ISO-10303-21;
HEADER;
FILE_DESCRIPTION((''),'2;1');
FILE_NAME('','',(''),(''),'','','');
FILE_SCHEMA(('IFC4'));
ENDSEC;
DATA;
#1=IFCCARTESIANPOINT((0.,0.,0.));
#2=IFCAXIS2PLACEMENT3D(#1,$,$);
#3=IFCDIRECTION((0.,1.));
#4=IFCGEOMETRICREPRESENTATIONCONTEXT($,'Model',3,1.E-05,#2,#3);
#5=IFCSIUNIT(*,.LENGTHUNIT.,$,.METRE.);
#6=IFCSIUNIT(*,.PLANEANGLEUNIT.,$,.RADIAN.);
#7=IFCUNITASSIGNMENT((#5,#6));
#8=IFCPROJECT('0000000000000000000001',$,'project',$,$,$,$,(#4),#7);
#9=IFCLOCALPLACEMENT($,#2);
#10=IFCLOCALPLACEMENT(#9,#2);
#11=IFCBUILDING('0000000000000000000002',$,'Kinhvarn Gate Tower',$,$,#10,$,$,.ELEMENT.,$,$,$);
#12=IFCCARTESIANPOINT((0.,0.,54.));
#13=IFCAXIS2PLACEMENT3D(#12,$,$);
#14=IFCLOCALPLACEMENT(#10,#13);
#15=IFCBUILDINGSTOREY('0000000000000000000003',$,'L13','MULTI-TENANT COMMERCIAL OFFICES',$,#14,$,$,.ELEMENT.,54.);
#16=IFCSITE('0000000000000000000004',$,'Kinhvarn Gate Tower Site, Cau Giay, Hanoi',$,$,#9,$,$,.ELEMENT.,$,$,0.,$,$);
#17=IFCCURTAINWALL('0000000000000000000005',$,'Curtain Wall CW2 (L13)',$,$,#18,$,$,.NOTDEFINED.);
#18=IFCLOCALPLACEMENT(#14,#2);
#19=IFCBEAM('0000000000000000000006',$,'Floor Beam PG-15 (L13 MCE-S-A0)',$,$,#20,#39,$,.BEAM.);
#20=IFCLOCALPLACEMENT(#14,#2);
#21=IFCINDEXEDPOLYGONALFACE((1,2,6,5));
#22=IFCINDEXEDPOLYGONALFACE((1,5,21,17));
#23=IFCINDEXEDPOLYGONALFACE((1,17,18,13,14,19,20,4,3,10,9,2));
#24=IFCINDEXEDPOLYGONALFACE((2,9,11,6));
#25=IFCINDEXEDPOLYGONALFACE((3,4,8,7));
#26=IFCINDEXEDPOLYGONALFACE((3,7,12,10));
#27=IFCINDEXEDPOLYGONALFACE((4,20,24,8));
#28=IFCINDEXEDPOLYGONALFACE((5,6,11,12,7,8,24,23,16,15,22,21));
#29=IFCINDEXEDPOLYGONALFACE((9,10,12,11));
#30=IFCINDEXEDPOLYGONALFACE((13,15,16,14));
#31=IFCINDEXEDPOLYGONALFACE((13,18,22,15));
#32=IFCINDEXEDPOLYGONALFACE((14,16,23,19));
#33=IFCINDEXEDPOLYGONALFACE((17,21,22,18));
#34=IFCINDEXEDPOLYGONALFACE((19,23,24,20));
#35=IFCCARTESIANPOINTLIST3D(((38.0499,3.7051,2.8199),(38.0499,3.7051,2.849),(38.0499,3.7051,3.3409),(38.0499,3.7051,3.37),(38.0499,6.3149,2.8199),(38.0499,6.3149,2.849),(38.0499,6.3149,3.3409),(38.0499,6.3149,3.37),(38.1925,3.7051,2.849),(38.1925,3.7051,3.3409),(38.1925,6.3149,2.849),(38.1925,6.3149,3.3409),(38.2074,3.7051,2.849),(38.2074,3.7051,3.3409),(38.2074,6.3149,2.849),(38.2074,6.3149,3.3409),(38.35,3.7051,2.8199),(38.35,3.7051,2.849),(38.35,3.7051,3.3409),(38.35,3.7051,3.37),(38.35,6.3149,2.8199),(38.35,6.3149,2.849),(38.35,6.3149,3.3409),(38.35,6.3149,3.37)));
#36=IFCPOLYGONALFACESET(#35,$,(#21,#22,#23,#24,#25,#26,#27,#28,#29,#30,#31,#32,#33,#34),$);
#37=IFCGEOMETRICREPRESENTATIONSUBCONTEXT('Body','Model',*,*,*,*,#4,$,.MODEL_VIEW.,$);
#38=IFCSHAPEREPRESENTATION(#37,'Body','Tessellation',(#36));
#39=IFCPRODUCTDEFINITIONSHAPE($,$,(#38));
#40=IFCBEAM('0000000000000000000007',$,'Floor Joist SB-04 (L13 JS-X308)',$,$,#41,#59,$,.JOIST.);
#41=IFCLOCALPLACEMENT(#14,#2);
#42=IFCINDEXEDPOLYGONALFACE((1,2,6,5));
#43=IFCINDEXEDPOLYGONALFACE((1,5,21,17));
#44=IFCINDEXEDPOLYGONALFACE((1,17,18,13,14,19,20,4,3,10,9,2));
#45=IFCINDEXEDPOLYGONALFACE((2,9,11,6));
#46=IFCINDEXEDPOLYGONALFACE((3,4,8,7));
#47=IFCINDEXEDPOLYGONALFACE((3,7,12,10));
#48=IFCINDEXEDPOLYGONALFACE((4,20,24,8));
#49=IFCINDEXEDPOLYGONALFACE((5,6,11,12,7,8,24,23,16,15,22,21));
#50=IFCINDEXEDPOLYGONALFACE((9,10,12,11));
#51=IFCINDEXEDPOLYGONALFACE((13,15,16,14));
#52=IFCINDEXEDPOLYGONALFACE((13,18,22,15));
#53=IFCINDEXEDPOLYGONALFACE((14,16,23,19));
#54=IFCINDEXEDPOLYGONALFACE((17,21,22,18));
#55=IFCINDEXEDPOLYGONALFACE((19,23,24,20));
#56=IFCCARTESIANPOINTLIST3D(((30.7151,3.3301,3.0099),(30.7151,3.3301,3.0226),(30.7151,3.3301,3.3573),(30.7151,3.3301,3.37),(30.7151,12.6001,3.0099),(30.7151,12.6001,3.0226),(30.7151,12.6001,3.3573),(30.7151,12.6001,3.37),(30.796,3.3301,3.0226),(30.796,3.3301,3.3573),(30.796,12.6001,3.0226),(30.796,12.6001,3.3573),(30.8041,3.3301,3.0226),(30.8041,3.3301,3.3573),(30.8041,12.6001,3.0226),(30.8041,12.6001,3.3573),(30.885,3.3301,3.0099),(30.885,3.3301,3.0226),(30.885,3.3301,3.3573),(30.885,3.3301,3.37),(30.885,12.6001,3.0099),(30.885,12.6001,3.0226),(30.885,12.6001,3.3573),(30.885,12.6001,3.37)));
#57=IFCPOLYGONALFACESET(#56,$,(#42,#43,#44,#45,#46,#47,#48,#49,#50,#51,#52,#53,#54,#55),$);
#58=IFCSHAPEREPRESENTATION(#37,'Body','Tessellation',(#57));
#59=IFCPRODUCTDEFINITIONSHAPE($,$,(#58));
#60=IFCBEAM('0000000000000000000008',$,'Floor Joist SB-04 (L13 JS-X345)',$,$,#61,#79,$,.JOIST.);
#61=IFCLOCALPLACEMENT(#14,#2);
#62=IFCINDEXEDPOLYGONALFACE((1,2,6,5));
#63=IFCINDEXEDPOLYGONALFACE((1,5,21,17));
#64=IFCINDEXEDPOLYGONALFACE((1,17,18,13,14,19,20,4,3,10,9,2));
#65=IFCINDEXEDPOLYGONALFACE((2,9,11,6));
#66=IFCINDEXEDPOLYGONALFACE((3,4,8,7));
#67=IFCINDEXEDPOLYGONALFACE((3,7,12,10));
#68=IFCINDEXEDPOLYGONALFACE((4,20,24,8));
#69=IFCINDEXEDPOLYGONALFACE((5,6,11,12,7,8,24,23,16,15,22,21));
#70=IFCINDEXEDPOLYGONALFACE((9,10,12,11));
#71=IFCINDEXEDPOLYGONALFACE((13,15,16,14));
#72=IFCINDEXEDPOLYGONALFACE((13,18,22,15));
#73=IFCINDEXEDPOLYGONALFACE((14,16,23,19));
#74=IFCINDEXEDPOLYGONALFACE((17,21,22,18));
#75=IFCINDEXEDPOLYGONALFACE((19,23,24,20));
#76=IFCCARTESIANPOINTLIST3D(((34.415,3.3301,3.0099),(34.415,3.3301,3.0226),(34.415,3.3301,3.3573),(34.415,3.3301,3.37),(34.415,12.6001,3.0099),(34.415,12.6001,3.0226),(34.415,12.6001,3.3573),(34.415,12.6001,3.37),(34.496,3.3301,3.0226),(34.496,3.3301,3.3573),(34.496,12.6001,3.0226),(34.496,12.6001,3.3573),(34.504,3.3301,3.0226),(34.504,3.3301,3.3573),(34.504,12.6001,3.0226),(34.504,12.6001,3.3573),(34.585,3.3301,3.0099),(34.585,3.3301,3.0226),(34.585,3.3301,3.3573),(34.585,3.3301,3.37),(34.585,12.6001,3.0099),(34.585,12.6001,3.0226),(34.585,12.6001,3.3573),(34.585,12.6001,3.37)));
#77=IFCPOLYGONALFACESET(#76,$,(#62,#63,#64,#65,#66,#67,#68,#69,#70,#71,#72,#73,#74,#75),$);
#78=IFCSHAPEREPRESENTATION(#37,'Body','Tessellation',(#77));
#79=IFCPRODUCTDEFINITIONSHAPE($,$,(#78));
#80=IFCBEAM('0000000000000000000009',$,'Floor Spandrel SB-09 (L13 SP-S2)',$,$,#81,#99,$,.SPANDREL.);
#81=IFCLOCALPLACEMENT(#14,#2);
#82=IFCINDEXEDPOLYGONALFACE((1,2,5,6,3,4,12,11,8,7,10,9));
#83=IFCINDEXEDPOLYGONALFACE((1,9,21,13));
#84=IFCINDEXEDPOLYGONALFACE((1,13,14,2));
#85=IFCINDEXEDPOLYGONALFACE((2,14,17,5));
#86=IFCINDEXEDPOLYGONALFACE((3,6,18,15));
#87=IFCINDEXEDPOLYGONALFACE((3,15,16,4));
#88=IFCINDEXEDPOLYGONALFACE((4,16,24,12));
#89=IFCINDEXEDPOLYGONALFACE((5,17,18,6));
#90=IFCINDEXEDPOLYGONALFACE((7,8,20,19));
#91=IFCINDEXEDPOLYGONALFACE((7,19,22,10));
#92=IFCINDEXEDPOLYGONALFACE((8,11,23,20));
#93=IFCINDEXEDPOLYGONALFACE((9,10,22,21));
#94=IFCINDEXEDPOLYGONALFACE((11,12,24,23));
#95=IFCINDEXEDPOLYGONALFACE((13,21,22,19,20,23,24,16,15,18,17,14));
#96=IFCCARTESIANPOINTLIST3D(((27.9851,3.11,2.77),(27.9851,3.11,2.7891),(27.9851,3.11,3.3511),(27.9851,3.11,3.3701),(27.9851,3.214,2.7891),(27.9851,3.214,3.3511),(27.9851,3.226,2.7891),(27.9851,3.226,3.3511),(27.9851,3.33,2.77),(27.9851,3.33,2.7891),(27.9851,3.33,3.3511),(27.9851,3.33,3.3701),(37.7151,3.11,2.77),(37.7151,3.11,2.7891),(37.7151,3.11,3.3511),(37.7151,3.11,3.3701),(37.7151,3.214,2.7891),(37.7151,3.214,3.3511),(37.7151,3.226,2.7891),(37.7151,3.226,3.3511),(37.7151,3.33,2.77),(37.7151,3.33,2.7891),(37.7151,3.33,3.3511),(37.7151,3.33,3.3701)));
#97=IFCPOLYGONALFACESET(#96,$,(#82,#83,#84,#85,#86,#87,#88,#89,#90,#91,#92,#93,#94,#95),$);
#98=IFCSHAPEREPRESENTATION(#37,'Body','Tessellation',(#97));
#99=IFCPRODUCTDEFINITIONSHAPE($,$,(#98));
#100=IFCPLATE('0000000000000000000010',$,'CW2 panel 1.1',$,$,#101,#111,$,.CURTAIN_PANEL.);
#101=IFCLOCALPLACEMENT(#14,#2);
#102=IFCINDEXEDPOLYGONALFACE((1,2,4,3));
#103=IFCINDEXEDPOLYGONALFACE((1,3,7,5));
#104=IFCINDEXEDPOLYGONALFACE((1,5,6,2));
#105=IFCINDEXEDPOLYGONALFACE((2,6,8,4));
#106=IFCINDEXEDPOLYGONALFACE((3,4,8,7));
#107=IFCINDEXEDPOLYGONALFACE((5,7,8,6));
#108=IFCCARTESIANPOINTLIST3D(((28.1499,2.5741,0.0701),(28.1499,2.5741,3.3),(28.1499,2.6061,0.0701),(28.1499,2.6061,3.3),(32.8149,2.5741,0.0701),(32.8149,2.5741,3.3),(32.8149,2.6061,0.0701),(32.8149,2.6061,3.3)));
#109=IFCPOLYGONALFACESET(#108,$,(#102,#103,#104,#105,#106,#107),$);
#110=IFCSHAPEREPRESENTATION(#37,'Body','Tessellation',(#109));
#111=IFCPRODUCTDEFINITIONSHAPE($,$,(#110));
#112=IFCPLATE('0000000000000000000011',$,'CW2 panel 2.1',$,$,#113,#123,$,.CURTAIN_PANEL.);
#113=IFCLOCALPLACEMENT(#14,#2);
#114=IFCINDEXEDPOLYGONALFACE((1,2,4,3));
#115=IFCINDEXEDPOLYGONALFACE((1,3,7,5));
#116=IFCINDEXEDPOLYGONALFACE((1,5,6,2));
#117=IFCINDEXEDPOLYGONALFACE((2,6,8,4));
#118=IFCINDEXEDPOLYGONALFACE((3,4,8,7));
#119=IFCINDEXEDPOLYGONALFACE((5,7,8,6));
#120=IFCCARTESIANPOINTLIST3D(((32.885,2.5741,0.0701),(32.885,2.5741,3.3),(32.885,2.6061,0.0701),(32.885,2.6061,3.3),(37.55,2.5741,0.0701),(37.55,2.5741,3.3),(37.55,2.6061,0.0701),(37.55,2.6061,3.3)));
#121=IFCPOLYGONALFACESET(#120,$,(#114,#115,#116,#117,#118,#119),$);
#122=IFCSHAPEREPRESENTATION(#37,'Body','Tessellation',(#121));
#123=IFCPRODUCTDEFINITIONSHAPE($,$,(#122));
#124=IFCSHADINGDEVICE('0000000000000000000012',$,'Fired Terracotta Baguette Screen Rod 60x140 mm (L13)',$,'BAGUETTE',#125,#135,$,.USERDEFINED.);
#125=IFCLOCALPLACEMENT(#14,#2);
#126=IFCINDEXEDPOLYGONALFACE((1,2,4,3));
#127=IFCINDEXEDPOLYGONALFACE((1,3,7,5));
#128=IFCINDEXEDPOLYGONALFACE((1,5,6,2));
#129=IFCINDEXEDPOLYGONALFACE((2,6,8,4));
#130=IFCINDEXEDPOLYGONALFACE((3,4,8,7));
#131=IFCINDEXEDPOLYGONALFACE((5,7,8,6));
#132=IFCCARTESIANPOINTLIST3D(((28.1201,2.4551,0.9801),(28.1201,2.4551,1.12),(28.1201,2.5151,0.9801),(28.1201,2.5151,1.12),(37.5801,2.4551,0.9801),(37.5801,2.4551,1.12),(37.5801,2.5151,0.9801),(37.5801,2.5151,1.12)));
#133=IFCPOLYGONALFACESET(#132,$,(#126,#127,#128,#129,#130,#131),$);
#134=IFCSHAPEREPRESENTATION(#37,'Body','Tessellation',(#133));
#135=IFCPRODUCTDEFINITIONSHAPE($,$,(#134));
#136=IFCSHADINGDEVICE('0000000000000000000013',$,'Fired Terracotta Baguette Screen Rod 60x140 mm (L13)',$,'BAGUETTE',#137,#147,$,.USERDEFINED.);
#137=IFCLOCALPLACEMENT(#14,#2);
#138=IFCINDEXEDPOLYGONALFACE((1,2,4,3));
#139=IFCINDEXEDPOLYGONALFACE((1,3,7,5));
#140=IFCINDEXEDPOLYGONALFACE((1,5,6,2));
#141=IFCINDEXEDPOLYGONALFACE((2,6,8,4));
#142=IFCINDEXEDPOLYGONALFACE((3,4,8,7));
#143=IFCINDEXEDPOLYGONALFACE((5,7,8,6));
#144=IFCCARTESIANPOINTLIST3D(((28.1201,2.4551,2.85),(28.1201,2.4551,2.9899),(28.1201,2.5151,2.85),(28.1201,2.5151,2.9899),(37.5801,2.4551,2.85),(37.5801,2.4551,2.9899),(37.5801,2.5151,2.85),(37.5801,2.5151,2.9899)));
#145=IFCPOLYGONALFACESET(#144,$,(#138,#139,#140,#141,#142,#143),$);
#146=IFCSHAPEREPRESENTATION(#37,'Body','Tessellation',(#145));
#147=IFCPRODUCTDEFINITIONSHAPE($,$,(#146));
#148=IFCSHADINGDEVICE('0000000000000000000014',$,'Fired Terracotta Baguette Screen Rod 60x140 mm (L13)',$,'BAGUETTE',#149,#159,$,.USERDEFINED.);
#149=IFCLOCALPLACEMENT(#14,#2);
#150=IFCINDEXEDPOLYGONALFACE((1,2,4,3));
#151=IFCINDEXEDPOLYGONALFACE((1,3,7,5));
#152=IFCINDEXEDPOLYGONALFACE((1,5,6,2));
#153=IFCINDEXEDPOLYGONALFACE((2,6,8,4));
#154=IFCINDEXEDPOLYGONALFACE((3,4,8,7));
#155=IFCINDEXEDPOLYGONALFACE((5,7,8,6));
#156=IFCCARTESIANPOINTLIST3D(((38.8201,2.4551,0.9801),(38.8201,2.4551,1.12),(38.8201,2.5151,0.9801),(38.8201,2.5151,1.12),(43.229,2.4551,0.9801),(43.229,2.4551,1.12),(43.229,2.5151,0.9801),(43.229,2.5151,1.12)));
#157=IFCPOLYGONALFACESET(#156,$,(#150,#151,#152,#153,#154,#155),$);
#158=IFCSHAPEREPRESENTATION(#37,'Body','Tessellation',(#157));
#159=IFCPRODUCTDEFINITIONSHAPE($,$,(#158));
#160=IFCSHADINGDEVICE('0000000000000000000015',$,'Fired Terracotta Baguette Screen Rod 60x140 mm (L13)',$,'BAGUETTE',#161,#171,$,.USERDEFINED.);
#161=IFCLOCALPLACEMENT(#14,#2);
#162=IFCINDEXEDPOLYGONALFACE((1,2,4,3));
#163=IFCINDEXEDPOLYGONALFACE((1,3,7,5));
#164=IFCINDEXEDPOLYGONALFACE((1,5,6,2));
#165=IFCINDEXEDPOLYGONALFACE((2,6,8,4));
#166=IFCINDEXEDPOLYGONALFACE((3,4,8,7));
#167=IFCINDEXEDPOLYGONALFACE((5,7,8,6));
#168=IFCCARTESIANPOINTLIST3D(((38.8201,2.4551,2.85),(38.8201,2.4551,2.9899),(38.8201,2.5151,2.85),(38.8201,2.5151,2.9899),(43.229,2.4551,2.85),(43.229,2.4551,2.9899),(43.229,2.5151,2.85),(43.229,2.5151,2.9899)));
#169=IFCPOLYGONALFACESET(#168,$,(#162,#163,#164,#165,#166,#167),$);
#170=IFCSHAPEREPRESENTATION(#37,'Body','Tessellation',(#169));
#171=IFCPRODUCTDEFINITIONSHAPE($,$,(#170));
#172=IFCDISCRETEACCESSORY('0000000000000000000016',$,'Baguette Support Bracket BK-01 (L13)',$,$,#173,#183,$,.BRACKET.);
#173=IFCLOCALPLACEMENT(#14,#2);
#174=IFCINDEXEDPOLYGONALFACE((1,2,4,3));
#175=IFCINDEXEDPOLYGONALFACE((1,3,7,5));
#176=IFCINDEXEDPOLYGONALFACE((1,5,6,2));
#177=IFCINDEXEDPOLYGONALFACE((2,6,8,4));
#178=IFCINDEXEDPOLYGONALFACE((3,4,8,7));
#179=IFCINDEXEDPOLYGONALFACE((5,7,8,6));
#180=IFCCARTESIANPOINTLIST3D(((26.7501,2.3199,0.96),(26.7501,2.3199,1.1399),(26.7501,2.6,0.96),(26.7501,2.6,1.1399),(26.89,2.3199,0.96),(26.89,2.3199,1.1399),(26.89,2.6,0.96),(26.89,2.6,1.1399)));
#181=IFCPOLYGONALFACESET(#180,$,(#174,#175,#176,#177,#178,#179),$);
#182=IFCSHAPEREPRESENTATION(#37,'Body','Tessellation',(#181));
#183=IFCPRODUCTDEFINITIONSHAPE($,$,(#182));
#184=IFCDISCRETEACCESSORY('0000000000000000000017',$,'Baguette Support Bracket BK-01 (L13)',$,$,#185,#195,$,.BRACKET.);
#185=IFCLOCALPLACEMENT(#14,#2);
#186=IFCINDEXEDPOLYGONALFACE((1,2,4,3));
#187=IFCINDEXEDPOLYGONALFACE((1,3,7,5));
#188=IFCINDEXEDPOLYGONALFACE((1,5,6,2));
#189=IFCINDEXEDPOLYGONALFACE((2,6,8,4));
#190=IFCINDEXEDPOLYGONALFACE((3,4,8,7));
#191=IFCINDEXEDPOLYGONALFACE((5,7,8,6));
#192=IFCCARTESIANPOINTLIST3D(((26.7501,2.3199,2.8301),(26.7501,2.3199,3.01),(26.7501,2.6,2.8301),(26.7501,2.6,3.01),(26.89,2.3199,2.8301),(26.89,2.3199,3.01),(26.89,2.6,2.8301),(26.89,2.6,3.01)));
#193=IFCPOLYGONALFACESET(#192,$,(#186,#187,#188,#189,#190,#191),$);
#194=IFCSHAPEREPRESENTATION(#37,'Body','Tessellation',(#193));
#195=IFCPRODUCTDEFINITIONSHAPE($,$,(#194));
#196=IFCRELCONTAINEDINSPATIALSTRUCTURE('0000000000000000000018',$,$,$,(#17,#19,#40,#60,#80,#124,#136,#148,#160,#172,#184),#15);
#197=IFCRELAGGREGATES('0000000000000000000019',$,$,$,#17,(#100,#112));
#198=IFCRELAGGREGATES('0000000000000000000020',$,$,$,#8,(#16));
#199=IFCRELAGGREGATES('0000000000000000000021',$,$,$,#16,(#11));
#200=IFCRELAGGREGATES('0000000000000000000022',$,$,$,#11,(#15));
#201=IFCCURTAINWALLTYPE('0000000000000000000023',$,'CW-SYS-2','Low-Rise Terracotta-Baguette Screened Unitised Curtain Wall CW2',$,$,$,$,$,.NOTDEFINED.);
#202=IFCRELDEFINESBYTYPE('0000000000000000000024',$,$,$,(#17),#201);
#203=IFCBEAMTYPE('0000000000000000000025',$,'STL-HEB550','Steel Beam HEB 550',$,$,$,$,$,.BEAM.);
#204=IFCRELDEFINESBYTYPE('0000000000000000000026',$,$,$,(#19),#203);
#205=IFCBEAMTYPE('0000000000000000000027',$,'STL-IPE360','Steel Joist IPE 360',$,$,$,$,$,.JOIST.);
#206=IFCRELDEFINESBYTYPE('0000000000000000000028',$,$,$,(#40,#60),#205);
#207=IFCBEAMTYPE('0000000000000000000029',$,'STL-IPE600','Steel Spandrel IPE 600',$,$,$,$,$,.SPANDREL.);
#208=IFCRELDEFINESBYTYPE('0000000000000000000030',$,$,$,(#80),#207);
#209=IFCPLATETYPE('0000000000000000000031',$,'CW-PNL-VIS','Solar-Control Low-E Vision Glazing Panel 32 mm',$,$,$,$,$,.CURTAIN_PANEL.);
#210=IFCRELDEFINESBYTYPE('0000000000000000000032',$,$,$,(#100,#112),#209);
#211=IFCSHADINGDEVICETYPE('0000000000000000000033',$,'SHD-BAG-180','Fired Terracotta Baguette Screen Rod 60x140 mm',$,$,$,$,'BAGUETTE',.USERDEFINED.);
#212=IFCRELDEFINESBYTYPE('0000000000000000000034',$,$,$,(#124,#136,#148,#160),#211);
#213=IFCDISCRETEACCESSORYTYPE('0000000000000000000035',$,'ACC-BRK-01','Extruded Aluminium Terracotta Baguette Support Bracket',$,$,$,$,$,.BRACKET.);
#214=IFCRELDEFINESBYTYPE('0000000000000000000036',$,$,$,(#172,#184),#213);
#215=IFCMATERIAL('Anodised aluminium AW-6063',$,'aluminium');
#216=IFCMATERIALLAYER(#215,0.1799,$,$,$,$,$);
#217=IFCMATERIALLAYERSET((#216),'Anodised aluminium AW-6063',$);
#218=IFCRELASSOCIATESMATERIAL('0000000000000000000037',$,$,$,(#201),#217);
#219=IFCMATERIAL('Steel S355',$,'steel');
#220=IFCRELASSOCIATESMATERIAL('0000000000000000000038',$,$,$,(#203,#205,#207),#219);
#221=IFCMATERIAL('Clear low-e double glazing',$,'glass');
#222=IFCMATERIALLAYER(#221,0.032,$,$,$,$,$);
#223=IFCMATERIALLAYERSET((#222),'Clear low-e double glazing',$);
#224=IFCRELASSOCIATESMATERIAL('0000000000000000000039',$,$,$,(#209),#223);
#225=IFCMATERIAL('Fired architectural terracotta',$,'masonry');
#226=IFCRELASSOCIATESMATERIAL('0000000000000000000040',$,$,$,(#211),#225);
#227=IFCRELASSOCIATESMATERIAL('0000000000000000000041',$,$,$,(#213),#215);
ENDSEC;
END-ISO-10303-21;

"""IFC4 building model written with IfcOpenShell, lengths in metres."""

from ifc_helpers import new_model, si_unit, direction, frame, origin, origin_2d, place, context, subcontext, project, spatial, rectangle, i_section, extrude, material, layer, layer_set, material_profile, profile_set, type_object, element, aggregate, save


model = new_model("IFC4")

# Units and contexts
model_context = context("Model", 3, precision=1e-05, world=origin(), true_north=direction((0.0, 1.0)))
body_context = subcontext(model_context, "Body", "Model", "MODEL_VIEW")
ifc_project = project(units=[si_unit("LENGTHUNIT", "METRE"), si_unit("PLANEANGLEUNIT", "RADIAN")], contexts=[model_context])

# Site, building, storey
site_placement = place(None, origin())
site = spatial("IfcSite", under=ifc_project, at=site_placement, Name="Kinhvarn Gate Tower Site, Cau Giay, Hanoi", CompositionType="ELEMENT", RefElevation=0.0)
building_placement = place(site_placement, origin())
building = spatial("IfcBuilding", under=site, at=building_placement, Name="Kinhvarn Gate Tower", CompositionType="ELEMENT")
storey_placement = place(building_placement, frame((0.0, 0.0, 54.0)))
storey = spatial("IfcBuildingStorey", under=building, at=storey_placement, Name="L13", Description="MULTI-TENANT COMMERCIAL OFFICES", CompositionType="ELEMENT", Elevation=54.0)

# Shared definitions
ifc_material_1 = material(Name="Anodised aluminium AW-6063", Category="aluminium")
ifc_layer_1 = layer(ifc_material_1, 0.1799)
ifc_layer_set_1 = layer_set([ifc_layer_1], Name="Anodised aluminium AW-6063")
curtain_wall_type = type_object("IfcCurtainWallType", Name="CW-SYS-2", Description="Low-Rise Terracotta-Baguette Screened Unitised Curtain Wall CW2", PredefinedType="NOTDEFINED", material=ifc_layer_set_1)

# Curtain wall
curtain_wall_1_placement = place(storey_placement, origin())
curtain_wall_1 = element("IfcCurtainWall", 1, at=curtain_wall_1_placement, inside=storey, type_object=curtain_wall_type, Name="Curtain Wall CW2 (L13)", PredefinedType="NOTDEFINED")

# Beams
ifc_material_2 = material(Name="Steel S355", Category="steel")
ifc_material_profile_1 = material_profile(ifc_material_2, i_section(OverallWidth=0.3, OverallDepth=0.55, WebThickness=0.0149, FlangeThickness=0.0291, at=origin_2d()), Name="HEB 550")
ifc_profile_set_1 = profile_set([ifc_material_profile_1], Name="Steel S355")
beam_type_1 = type_object("IfcBeamType", Name="STL-HEB550", Description="Steel Beam HEB 550", PredefinedType="BEAM", material=ifc_profile_set_1)
beam_1_placement = place(storey_placement, frame((38.2, 3.7051, 3.095), z_axis=(0.0, 1.0, 0.0), x_axis=(-1.0, 0.0, 0.0)))
element("IfcBeam", 2, at=beam_1_placement, inside=storey, type_object=beam_type_1, Name="Floor Beam PG-15 (L13 MCE-S-A0)", PredefinedType="BEAM", context=body_context, shape_type="SweptSolid", body=[
    extrude(i_section(OverallWidth=0.3, OverallDepth=0.55, WebThickness=0.0149, FlangeThickness=0.0291, at=origin_2d()), origin(), (0.0, 0.0, 1.0), 2.6099),
])
ifc_material_profile_2 = material_profile(ifc_material_2, i_section(OverallWidth=0.1699, OverallDepth=0.3601, WebThickness=0.0081, FlangeThickness=0.0127, at=origin_2d()), Name="IPE 360")
ifc_profile_set_2 = profile_set([ifc_material_profile_2], Name="Steel S355")
beam_type_2 = type_object("IfcBeamType", Name="STL-IPE360", Description="Steel Joist IPE 360", PredefinedType="JOIST", material=ifc_profile_set_2)
for number, where, z_axis, x_axis, name in (
    (3, (30.8, 3.3301, 3.1899), (0.0, 1.0, 0.0), (-1.0, 0.0, 0.0), "Floor Joist SB-04 (L13 JS-X308)"),
    (4, (34.5, 3.3301, 3.1899), (0.0, 1.0, 0.0), (-1.0, 0.0, 0.0), "Floor Joist SB-04 (L13 JS-X345)"),
):
    element("IfcBeam", number, at=place(storey_placement, frame(where, z_axis=z_axis, x_axis=x_axis)), inside=storey, type_object=beam_type_2, Name=name, PredefinedType="JOIST", context=body_context, shape_type="SweptSolid", body=[
        extrude(i_section(OverallWidth=0.1699, OverallDepth=0.3601, WebThickness=0.0081, FlangeThickness=0.0127, at=origin_2d()), origin(), (0.0, 0.0, 1.0), 9.27),
    ])
ifc_material_profile_3 = material_profile(ifc_material_2, i_section(OverallWidth=0.22, OverallDepth=0.6001, WebThickness=0.012, FlangeThickness=0.019, at=origin_2d()), Name="IPE 600")
ifc_profile_set_3 = profile_set([ifc_material_profile_3], Name="Steel S355")
beam_type_3 = type_object("IfcBeamType", Name="STL-IPE600", Description="Steel Spandrel IPE 600", PredefinedType="SPANDREL", material=ifc_profile_set_3)
beam_2_placement = place(storey_placement, frame((27.9851, 3.22, 3.0701), z_axis=(1.0, 0.0, 0.0), x_axis=(0.0, 1.0, 0.0)))
element("IfcBeam", 5, at=beam_2_placement, inside=storey, type_object=beam_type_3, Name="Floor Spandrel SB-09 (L13 SP-S2)", PredefinedType="SPANDREL", context=body_context, shape_type="SweptSolid", body=[
    extrude(i_section(OverallWidth=0.22, OverallDepth=0.6001, WebThickness=0.012, FlangeThickness=0.019, at=origin_2d()), origin(), (0.0, 0.0, 1.0), 9.73),
])

# Plates
ifc_material_3 = material(Name="Clear low-e double glazing", Category="glass")
ifc_layer_2 = layer(ifc_material_3, 0.032)
ifc_layer_set_2 = layer_set([ifc_layer_2], Name="Clear low-e double glazing")
plate_type = type_object("IfcPlateType", Name="CW-PNL-VIS", Description="Solar-Control Low-E Vision Glazing Panel 32 mm", PredefinedType="CURTAIN_PANEL", material=ifc_layer_set_2)
plate_1_placement = place(storey_placement, frame((30.4824, 2.5901, 0.0701), z_axis=(0.0, 0.0, 1.0), x_axis=(1.0, 0.0, 0.0)))
plate_1 = element("IfcPlate", 6, at=plate_1_placement, type_object=plate_type, Name="CW2 panel 1.1", PredefinedType="CURTAIN_PANEL", context=body_context, shape_type="SweptSolid", body=[
    extrude(rectangle(XDim=4.665, YDim=0.032, at=origin_2d()), origin(), (0.0, 0.0, 1.0), 3.23),
])
plate_2_placement = place(storey_placement, frame((35.2175, 2.5901, 0.0701), z_axis=(0.0, 0.0, 1.0), x_axis=(1.0, 0.0, 0.0)))
plate_2 = element("IfcPlate", 7, at=plate_2_placement, type_object=plate_type, Name="CW2 panel 2.1", PredefinedType="CURTAIN_PANEL", context=body_context, shape_type="SweptSolid", body=[
    extrude(rectangle(XDim=4.665, YDim=0.032, at=origin_2d()), origin(), (0.0, 0.0, 1.0), 3.23),
])
aggregate(curtain_wall_1, [plate_1, plate_2])

# Shading devices
ifc_material_4 = material(Name="Fired architectural terracotta", Category="masonry")
ifc_material_profile_4 = material_profile(ifc_material_4, rectangle(XDim=0.0601, YDim=0.1399, at=origin_2d()), Name="TC 60x140")
ifc_profile_set_4 = profile_set([ifc_material_profile_4], Name="Fired architectural terracotta")
shading_device_type = type_object("IfcShadingDeviceType", Name="SHD-BAG-180", Description="Fired Terracotta Baguette Screen Rod 60x140 mm", ElementType="BAGUETTE", PredefinedType="USERDEFINED", material=ifc_profile_set_4)
for number, where, z_axis, x_axis, name in (
    (8, (28.1201, 2.4851, 1.05), (1.0, 0.0, 0.0), (0.0, 1.0, 0.0), "Fired Terracotta Baguette Screen Rod 60x140 mm (L13)"),
    (9, (28.1201, 2.4851, 2.9199), (1.0, 0.0, 0.0), (0.0, 1.0, 0.0), "Fired Terracotta Baguette Screen Rod 60x140 mm (L13)"),
):
    element("IfcShadingDevice", number, at=place(storey_placement, frame(where, z_axis=z_axis, x_axis=x_axis)), inside=storey, type_object=shading_device_type, Name=name, ObjectType="BAGUETTE", PredefinedType="USERDEFINED", context=body_context, shape_type="SweptSolid", body=[
        extrude(rectangle(XDim=0.0601, YDim=0.1399, at=origin_2d()), origin(), (0.0, 0.0, 1.0), 9.46),
    ])
for number, where, z_axis, x_axis, name in (
    (10, (38.8201, 2.4851, 1.05), (1.0, 0.0, 0.0), (0.0, 1.0, 0.0), "Fired Terracotta Baguette Screen Rod 60x140 mm (L13)"),
    (11, (38.8201, 2.4851, 2.9199), (1.0, 0.0, 0.0), (0.0, 1.0, 0.0), "Fired Terracotta Baguette Screen Rod 60x140 mm (L13)"),
):
    element("IfcShadingDevice", number, at=place(storey_placement, frame(where, z_axis=z_axis, x_axis=x_axis)), inside=storey, type_object=shading_device_type, Name=name, ObjectType="BAGUETTE", PredefinedType="USERDEFINED", context=body_context, shape_type="SweptSolid", body=[
        extrude(rectangle(XDim=0.0601, YDim=0.1399, at=origin_2d()), origin(), (0.0, 0.0, 1.0), 4.4089),
    ])

# Discrete accessories
discrete_accessory_type = type_object("IfcDiscreteAccessoryType", Name="ACC-BRK-01", Description="Extruded Aluminium Terracotta Baguette Support Bracket", PredefinedType="BRACKET", material=ifc_material_1)
for number, where, z_axis, x_axis, name in (
    (12, (26.8201, 2.46, 0.96), (0.0, 0.0, 1.0), (1.0, 0.0, 0.0), "Baguette Support Bracket BK-01 (L13)"),
    (13, (26.8201, 2.46, 2.8301), (0.0, 0.0, 1.0), (1.0, 0.0, 0.0), "Baguette Support Bracket BK-01 (L13)"),
):
    element("IfcDiscreteAccessory", number, at=place(storey_placement, frame(where, z_axis=z_axis, x_axis=x_axis)), inside=storey, type_object=discrete_accessory_type, Name=name, PredefinedType="BRACKET", context=body_context, shape_type="SweptSolid", body=[
        extrude(rectangle(XDim=0.1399, YDim=0.28, at=origin_2d()), origin(), (0.0, 0.0, 1.0), 0.1799),
    ])

save(model, "model.ifc")
